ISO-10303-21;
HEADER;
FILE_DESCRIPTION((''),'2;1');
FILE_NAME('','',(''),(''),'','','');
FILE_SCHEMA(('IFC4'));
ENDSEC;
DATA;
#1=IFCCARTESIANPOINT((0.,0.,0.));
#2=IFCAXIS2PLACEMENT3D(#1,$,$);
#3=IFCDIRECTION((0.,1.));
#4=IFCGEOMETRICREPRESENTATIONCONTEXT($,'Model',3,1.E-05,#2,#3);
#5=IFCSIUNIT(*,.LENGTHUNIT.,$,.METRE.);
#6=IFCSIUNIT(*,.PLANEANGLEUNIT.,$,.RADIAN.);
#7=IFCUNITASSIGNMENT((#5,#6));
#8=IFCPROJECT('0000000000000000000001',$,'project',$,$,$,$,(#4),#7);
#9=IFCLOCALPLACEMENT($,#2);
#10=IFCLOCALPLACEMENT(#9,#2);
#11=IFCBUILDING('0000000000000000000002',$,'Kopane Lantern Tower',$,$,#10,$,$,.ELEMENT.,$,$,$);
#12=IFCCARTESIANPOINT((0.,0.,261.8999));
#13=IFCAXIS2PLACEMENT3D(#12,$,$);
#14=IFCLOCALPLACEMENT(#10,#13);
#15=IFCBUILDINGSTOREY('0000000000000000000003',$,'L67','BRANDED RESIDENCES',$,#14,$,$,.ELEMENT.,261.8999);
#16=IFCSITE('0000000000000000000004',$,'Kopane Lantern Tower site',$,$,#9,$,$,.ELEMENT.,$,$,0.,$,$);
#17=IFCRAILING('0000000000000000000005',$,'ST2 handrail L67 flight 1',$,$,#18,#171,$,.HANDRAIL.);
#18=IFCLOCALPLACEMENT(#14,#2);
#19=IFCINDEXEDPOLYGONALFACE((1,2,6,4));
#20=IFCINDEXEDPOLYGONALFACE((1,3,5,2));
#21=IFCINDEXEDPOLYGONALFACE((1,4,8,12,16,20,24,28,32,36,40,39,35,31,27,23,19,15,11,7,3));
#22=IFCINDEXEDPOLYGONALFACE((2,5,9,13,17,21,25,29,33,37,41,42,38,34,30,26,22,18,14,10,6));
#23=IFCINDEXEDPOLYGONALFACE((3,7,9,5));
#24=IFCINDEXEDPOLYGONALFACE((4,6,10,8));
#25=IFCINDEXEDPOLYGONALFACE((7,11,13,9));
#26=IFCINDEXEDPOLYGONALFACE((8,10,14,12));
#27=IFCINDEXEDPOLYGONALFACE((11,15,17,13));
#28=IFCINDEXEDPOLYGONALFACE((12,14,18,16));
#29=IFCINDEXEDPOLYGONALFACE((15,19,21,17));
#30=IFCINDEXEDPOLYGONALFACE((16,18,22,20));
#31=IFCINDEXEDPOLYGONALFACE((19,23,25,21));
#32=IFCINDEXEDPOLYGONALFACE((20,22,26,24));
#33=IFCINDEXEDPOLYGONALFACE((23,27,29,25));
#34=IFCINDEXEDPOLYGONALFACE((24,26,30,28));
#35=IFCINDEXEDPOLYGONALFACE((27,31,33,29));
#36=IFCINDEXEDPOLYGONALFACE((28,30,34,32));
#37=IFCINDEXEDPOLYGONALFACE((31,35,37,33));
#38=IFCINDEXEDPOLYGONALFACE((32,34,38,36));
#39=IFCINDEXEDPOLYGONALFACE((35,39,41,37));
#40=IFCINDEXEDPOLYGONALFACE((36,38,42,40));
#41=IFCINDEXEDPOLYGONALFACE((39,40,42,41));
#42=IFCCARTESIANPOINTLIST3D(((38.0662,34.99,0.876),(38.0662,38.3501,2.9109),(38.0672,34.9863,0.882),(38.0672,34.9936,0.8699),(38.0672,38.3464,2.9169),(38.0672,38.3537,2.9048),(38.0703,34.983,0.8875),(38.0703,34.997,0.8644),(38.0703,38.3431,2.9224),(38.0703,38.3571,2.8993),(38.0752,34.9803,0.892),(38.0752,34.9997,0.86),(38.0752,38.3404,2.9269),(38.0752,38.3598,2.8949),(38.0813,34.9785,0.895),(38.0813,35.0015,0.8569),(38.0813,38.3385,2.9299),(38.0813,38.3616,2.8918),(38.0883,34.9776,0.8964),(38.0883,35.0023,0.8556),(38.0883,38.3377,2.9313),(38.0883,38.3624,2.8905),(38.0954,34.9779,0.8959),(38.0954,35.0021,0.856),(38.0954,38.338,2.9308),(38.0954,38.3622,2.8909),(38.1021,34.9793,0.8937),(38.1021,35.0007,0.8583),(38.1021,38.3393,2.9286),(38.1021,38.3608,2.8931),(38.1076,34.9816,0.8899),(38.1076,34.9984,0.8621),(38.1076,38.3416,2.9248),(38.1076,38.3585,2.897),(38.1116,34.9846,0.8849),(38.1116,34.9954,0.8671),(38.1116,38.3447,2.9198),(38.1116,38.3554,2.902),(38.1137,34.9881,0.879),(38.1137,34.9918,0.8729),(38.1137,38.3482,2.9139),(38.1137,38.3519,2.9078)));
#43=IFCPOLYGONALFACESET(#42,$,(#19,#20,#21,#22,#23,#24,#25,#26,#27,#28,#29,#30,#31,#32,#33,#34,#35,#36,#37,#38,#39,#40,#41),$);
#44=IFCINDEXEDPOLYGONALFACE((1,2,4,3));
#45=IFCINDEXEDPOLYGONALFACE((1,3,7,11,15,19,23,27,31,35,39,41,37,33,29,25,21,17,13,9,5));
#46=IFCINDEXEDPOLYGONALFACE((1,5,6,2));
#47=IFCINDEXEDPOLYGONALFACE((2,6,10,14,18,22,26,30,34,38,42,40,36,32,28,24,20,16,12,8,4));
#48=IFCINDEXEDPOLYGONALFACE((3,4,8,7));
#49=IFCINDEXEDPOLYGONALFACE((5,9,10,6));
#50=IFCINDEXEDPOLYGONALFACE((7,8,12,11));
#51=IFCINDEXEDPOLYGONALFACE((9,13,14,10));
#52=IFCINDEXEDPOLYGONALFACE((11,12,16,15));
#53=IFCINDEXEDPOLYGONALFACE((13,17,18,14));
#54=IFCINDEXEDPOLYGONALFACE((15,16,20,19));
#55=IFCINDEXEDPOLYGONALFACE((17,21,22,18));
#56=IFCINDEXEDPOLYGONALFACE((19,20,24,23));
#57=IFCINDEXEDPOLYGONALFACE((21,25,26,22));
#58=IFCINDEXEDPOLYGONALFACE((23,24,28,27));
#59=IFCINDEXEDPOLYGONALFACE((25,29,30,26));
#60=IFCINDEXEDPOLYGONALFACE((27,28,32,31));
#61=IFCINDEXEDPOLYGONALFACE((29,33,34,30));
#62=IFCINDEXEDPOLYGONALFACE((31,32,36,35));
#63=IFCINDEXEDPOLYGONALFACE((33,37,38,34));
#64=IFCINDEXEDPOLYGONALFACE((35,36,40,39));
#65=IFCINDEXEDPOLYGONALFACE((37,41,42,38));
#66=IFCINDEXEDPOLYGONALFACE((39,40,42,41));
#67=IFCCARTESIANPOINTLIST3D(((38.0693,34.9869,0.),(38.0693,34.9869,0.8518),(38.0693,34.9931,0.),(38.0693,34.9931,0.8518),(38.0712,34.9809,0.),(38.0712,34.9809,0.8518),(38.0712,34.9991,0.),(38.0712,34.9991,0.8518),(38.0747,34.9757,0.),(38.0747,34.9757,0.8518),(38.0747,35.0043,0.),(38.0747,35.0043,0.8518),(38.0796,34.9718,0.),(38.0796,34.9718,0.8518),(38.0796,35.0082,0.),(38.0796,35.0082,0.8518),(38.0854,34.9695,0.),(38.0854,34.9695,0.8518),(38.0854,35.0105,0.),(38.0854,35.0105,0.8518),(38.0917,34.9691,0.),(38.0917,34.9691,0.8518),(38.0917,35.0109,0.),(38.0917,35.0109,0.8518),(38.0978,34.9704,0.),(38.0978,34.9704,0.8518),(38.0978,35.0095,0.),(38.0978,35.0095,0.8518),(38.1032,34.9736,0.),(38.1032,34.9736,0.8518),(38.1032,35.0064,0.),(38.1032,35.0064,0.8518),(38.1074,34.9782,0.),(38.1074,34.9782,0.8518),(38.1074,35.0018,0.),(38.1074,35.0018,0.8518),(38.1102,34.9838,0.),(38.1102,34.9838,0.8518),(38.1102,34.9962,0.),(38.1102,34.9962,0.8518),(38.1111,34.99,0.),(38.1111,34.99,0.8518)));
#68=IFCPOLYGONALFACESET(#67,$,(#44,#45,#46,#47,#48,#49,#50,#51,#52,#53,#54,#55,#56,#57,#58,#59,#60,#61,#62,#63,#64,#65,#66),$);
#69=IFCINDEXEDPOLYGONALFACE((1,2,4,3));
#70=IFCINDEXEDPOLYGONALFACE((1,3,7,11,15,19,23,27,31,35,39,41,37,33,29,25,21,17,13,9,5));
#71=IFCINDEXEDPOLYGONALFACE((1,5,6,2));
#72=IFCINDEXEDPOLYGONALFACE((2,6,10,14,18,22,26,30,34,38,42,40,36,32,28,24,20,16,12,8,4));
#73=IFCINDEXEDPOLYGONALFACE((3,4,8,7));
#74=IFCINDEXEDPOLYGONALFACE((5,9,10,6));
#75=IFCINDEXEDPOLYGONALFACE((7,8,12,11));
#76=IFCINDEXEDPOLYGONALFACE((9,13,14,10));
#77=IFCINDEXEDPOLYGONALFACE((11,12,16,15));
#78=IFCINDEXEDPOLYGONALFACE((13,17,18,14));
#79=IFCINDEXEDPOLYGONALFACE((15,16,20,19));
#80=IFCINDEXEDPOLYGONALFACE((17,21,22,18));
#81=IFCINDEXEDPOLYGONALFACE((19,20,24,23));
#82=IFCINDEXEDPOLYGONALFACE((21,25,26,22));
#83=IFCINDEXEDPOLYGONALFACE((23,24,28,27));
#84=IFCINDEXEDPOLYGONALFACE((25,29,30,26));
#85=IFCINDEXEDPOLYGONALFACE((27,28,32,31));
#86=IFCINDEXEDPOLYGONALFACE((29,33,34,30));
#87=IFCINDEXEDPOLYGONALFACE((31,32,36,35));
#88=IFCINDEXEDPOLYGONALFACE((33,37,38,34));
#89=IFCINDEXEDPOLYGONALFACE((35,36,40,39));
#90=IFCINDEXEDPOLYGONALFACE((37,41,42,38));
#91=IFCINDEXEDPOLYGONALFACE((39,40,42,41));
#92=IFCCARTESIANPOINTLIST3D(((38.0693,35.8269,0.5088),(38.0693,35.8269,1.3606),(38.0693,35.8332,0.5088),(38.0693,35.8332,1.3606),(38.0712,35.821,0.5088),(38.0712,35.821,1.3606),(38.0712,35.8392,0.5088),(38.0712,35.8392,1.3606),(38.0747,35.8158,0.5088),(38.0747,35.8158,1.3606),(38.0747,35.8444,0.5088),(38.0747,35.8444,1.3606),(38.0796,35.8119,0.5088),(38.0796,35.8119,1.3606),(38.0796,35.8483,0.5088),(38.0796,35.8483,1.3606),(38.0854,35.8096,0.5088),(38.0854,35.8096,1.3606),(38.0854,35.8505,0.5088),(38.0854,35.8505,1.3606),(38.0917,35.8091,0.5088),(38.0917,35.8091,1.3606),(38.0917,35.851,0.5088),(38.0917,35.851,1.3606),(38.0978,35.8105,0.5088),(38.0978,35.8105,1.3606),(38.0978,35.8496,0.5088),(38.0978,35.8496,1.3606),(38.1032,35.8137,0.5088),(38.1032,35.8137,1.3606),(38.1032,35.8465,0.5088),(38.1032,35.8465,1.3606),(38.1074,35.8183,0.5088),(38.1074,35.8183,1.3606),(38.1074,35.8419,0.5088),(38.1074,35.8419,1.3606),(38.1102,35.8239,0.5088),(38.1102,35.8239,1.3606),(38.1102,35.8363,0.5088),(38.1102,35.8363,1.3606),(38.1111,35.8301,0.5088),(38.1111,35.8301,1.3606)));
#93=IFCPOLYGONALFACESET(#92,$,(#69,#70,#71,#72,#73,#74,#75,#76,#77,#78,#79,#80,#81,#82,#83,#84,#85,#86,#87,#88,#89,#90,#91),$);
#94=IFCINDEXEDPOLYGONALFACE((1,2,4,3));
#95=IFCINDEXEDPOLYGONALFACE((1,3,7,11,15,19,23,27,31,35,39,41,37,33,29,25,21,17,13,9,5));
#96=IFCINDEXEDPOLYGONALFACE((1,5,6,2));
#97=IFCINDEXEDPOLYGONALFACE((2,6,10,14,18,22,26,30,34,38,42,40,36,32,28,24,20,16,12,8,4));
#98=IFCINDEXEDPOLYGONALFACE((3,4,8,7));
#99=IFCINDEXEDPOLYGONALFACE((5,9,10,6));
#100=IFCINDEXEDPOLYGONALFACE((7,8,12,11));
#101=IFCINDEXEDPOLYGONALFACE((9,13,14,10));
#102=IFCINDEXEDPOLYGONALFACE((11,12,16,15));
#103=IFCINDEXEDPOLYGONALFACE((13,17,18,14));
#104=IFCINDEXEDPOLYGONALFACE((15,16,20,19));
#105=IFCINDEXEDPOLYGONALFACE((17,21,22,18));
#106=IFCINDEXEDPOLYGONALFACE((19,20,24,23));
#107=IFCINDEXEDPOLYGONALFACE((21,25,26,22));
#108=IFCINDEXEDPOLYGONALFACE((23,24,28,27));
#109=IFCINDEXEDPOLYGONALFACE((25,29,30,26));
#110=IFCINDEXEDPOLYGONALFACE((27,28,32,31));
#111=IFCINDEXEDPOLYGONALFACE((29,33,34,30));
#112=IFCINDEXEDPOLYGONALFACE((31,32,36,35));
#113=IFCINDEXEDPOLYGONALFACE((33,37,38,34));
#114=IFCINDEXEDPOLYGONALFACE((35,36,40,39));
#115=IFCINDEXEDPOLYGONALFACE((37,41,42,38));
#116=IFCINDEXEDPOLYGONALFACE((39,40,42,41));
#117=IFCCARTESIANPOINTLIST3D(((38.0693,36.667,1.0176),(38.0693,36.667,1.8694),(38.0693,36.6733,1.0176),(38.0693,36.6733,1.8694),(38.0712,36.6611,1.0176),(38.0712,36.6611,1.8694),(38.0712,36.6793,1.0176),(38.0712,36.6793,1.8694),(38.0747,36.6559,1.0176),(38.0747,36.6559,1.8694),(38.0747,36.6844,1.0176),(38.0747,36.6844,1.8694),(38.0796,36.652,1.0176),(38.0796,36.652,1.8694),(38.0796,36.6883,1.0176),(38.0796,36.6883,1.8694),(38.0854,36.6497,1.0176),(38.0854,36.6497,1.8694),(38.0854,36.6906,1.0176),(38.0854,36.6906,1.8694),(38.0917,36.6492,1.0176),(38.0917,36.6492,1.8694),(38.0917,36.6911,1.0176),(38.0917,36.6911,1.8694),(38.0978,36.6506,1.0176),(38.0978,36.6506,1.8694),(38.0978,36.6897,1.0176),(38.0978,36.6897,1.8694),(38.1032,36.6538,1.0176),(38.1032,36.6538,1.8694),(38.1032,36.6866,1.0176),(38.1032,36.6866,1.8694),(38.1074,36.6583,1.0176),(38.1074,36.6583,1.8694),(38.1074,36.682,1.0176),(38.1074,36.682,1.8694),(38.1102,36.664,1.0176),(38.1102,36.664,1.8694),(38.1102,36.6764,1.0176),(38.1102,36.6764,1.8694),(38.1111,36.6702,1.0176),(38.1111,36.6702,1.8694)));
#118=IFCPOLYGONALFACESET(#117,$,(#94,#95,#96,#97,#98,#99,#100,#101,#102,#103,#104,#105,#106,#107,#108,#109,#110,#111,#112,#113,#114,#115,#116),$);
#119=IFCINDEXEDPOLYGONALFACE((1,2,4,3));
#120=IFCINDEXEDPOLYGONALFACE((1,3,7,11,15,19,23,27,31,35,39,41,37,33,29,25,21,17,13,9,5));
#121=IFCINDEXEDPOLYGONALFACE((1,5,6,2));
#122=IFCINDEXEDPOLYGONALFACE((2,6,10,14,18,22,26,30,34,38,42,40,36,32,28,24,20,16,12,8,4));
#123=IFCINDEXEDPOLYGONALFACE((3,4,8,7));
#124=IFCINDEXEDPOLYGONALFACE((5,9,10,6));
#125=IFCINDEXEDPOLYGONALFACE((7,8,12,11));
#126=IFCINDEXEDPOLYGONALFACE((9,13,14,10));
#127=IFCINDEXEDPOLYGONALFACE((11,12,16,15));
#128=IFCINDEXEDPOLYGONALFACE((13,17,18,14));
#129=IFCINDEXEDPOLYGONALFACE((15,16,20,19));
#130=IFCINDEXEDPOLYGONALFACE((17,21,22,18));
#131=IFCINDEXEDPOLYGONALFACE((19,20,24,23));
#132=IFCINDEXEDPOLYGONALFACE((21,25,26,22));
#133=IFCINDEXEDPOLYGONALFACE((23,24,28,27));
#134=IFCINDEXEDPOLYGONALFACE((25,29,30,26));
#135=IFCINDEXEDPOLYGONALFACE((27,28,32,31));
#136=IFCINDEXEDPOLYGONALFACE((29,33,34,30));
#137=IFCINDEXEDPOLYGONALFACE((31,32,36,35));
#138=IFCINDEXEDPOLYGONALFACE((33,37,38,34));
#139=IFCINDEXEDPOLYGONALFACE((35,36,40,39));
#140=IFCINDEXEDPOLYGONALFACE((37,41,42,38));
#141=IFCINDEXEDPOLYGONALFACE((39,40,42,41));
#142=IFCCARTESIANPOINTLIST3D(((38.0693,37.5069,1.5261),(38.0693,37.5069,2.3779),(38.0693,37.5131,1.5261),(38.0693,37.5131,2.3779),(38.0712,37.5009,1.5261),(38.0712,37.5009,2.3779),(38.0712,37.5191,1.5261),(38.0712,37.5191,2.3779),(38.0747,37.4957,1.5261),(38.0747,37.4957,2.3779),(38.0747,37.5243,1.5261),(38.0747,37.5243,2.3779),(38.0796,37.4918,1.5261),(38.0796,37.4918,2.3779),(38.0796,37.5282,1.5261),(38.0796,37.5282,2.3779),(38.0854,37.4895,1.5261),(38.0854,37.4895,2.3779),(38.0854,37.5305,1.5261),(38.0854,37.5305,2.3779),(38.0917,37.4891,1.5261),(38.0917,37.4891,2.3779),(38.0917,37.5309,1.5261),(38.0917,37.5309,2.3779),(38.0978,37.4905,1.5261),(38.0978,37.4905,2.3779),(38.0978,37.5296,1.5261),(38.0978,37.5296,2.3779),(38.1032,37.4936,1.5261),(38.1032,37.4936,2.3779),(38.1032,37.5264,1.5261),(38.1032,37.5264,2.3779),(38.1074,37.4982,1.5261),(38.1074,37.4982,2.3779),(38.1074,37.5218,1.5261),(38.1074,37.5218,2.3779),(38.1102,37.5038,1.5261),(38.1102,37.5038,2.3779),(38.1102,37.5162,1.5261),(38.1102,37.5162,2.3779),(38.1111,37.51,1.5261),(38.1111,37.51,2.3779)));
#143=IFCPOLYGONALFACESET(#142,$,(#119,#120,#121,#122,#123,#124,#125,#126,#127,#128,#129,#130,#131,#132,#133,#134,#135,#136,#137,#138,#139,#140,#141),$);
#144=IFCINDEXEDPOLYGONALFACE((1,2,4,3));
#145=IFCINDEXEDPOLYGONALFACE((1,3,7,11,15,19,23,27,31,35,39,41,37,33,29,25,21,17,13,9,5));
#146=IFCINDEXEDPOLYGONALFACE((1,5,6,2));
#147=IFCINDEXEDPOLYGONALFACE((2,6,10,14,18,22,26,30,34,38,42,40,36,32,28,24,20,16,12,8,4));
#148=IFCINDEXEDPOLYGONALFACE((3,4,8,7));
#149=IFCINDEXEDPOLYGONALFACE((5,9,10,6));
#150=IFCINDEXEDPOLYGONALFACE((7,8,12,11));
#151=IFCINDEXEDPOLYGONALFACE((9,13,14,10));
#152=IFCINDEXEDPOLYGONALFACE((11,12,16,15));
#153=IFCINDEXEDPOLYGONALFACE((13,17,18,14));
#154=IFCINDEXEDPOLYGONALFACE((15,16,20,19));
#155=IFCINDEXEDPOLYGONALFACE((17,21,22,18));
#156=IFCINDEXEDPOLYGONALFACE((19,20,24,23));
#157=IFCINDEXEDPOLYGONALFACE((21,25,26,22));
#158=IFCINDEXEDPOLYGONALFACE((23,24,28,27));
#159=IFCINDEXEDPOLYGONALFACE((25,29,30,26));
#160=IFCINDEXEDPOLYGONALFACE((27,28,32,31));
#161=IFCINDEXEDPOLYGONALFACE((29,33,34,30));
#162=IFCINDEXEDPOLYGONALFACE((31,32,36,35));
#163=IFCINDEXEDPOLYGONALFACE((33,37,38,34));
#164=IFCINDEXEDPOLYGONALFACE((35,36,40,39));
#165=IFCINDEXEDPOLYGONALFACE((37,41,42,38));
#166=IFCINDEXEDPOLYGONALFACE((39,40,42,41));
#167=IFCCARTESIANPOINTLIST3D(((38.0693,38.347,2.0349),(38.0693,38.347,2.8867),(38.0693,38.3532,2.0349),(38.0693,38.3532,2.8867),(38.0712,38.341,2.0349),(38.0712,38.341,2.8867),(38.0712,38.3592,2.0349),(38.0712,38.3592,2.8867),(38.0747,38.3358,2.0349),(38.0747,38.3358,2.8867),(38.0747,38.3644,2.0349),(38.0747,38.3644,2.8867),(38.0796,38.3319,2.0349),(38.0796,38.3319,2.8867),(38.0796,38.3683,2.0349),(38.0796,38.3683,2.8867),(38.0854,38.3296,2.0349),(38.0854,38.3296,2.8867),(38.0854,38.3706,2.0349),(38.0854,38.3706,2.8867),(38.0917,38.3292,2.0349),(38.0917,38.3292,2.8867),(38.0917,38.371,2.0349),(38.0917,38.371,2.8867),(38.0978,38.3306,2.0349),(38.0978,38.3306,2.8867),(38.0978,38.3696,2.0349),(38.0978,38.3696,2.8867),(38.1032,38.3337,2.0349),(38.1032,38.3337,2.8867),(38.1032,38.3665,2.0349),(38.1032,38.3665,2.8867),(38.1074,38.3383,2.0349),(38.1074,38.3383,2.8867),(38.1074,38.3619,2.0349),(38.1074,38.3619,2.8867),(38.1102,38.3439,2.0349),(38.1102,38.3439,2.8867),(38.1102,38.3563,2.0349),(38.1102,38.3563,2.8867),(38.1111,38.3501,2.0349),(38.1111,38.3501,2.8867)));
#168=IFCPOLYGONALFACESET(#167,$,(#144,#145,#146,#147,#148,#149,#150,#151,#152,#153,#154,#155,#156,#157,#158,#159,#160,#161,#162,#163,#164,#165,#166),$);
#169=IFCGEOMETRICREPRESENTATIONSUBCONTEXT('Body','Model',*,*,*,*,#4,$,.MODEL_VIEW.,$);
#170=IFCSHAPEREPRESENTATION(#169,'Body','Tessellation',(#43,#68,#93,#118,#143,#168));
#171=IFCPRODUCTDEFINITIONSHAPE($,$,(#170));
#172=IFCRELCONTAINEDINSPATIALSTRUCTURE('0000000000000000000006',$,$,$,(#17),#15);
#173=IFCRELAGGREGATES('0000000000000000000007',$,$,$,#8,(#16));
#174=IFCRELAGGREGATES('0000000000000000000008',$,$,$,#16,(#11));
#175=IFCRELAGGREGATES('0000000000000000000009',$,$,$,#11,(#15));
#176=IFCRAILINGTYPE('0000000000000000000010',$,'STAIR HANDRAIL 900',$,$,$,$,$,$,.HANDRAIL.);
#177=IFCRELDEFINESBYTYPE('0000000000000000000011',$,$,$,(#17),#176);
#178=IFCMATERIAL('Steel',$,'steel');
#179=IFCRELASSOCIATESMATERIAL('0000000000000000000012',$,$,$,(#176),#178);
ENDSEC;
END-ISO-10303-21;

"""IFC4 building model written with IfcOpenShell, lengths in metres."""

from ifc_helpers import new_model, si_unit, direction, frame, origin, origin_2d, place, context, subcontext, project, spatial, circle, extrude, material, type_object, element, save


model = new_model("IFC4")

# Units and contexts
model_context = context("Model", 3, precision=1e-05, world=origin(), true_north=direction((0.0, 1.0)))
body_context = subcontext(model_context, "Body", "Model", "MODEL_VIEW")
ifc_project = project(units=[si_unit("LENGTHUNIT", "METRE"), si_unit("PLANEANGLEUNIT", "RADIAN")], contexts=[model_context])

# Site, building, storey
site_placement = place(None, origin())
site = spatial("IfcSite", under=ifc_project, at=site_placement, Name="Kopane Lantern Tower site", CompositionType="ELEMENT", RefElevation=0.0)
building_placement = place(site_placement, origin())
building = spatial("IfcBuilding", under=site, at=building_placement, Name="Kopane Lantern Tower", CompositionType="ELEMENT")
storey_placement = place(building_placement, frame((0.0, 0.0, 261.8999)))
storey = spatial("IfcBuildingStorey", under=building, at=storey_placement, Name="L67", Description="BRANDED RESIDENCES", CompositionType="ELEMENT", Elevation=261.8999)

# Railing
ifc_material_1 = material(Name="Steel", Category="steel")
railing_type_1 = type_object("IfcRailingType", Name="STAIR HANDRAIL 900", PredefinedType="HANDRAIL", material=ifc_material_1)
for number, where, name in (
    (1, (38.0901, 34.99, 0.0), "ST2 handrail L67 flight 1"),
):
    element("IfcRailing", number, at=place(storey_placement, frame(where)), inside=storey, type_object=railing_type_1, Name=name, PredefinedType="HANDRAIL", context=body_context, shape_type="SweptSolid", body=[
        extrude(circle(Radius=0.0239, at=origin_2d()), frame((0.0, 0.0, 0.876), z_axis=(0.0, 0.855369, 0.518019), x_axis=(-1.0, 0.0, 0.0)), (0.0, 0.0, 1.0), 3.9282),
        extrude(circle(Radius=0.021, at=origin_2d()), origin(), (0.0, 0.0, 1.0), 0.8518),
        extrude(circle(Radius=0.021, at=origin_2d()), frame((0.0, 0.8401, 0.5088)), (0.0, 0.0, 1.0), 0.8518),
        extrude(circle(Radius=0.021, at=origin_2d()), frame((0.0, 1.6802, 1.0176)), (0.0, 0.0, 1.0), 0.8518),
        extrude(circle(Radius=0.021, at=origin_2d()), frame((0.0, 2.52, 1.5261)), (0.0, 0.0, 1.0), 0.8518),
        extrude(circle(Radius=0.021, at=origin_2d()), frame((0.0, 3.3601, 2.0349)), (0.0, 0.0, 1.0), 0.8518),
    ])

save(model, "model.ifc")
